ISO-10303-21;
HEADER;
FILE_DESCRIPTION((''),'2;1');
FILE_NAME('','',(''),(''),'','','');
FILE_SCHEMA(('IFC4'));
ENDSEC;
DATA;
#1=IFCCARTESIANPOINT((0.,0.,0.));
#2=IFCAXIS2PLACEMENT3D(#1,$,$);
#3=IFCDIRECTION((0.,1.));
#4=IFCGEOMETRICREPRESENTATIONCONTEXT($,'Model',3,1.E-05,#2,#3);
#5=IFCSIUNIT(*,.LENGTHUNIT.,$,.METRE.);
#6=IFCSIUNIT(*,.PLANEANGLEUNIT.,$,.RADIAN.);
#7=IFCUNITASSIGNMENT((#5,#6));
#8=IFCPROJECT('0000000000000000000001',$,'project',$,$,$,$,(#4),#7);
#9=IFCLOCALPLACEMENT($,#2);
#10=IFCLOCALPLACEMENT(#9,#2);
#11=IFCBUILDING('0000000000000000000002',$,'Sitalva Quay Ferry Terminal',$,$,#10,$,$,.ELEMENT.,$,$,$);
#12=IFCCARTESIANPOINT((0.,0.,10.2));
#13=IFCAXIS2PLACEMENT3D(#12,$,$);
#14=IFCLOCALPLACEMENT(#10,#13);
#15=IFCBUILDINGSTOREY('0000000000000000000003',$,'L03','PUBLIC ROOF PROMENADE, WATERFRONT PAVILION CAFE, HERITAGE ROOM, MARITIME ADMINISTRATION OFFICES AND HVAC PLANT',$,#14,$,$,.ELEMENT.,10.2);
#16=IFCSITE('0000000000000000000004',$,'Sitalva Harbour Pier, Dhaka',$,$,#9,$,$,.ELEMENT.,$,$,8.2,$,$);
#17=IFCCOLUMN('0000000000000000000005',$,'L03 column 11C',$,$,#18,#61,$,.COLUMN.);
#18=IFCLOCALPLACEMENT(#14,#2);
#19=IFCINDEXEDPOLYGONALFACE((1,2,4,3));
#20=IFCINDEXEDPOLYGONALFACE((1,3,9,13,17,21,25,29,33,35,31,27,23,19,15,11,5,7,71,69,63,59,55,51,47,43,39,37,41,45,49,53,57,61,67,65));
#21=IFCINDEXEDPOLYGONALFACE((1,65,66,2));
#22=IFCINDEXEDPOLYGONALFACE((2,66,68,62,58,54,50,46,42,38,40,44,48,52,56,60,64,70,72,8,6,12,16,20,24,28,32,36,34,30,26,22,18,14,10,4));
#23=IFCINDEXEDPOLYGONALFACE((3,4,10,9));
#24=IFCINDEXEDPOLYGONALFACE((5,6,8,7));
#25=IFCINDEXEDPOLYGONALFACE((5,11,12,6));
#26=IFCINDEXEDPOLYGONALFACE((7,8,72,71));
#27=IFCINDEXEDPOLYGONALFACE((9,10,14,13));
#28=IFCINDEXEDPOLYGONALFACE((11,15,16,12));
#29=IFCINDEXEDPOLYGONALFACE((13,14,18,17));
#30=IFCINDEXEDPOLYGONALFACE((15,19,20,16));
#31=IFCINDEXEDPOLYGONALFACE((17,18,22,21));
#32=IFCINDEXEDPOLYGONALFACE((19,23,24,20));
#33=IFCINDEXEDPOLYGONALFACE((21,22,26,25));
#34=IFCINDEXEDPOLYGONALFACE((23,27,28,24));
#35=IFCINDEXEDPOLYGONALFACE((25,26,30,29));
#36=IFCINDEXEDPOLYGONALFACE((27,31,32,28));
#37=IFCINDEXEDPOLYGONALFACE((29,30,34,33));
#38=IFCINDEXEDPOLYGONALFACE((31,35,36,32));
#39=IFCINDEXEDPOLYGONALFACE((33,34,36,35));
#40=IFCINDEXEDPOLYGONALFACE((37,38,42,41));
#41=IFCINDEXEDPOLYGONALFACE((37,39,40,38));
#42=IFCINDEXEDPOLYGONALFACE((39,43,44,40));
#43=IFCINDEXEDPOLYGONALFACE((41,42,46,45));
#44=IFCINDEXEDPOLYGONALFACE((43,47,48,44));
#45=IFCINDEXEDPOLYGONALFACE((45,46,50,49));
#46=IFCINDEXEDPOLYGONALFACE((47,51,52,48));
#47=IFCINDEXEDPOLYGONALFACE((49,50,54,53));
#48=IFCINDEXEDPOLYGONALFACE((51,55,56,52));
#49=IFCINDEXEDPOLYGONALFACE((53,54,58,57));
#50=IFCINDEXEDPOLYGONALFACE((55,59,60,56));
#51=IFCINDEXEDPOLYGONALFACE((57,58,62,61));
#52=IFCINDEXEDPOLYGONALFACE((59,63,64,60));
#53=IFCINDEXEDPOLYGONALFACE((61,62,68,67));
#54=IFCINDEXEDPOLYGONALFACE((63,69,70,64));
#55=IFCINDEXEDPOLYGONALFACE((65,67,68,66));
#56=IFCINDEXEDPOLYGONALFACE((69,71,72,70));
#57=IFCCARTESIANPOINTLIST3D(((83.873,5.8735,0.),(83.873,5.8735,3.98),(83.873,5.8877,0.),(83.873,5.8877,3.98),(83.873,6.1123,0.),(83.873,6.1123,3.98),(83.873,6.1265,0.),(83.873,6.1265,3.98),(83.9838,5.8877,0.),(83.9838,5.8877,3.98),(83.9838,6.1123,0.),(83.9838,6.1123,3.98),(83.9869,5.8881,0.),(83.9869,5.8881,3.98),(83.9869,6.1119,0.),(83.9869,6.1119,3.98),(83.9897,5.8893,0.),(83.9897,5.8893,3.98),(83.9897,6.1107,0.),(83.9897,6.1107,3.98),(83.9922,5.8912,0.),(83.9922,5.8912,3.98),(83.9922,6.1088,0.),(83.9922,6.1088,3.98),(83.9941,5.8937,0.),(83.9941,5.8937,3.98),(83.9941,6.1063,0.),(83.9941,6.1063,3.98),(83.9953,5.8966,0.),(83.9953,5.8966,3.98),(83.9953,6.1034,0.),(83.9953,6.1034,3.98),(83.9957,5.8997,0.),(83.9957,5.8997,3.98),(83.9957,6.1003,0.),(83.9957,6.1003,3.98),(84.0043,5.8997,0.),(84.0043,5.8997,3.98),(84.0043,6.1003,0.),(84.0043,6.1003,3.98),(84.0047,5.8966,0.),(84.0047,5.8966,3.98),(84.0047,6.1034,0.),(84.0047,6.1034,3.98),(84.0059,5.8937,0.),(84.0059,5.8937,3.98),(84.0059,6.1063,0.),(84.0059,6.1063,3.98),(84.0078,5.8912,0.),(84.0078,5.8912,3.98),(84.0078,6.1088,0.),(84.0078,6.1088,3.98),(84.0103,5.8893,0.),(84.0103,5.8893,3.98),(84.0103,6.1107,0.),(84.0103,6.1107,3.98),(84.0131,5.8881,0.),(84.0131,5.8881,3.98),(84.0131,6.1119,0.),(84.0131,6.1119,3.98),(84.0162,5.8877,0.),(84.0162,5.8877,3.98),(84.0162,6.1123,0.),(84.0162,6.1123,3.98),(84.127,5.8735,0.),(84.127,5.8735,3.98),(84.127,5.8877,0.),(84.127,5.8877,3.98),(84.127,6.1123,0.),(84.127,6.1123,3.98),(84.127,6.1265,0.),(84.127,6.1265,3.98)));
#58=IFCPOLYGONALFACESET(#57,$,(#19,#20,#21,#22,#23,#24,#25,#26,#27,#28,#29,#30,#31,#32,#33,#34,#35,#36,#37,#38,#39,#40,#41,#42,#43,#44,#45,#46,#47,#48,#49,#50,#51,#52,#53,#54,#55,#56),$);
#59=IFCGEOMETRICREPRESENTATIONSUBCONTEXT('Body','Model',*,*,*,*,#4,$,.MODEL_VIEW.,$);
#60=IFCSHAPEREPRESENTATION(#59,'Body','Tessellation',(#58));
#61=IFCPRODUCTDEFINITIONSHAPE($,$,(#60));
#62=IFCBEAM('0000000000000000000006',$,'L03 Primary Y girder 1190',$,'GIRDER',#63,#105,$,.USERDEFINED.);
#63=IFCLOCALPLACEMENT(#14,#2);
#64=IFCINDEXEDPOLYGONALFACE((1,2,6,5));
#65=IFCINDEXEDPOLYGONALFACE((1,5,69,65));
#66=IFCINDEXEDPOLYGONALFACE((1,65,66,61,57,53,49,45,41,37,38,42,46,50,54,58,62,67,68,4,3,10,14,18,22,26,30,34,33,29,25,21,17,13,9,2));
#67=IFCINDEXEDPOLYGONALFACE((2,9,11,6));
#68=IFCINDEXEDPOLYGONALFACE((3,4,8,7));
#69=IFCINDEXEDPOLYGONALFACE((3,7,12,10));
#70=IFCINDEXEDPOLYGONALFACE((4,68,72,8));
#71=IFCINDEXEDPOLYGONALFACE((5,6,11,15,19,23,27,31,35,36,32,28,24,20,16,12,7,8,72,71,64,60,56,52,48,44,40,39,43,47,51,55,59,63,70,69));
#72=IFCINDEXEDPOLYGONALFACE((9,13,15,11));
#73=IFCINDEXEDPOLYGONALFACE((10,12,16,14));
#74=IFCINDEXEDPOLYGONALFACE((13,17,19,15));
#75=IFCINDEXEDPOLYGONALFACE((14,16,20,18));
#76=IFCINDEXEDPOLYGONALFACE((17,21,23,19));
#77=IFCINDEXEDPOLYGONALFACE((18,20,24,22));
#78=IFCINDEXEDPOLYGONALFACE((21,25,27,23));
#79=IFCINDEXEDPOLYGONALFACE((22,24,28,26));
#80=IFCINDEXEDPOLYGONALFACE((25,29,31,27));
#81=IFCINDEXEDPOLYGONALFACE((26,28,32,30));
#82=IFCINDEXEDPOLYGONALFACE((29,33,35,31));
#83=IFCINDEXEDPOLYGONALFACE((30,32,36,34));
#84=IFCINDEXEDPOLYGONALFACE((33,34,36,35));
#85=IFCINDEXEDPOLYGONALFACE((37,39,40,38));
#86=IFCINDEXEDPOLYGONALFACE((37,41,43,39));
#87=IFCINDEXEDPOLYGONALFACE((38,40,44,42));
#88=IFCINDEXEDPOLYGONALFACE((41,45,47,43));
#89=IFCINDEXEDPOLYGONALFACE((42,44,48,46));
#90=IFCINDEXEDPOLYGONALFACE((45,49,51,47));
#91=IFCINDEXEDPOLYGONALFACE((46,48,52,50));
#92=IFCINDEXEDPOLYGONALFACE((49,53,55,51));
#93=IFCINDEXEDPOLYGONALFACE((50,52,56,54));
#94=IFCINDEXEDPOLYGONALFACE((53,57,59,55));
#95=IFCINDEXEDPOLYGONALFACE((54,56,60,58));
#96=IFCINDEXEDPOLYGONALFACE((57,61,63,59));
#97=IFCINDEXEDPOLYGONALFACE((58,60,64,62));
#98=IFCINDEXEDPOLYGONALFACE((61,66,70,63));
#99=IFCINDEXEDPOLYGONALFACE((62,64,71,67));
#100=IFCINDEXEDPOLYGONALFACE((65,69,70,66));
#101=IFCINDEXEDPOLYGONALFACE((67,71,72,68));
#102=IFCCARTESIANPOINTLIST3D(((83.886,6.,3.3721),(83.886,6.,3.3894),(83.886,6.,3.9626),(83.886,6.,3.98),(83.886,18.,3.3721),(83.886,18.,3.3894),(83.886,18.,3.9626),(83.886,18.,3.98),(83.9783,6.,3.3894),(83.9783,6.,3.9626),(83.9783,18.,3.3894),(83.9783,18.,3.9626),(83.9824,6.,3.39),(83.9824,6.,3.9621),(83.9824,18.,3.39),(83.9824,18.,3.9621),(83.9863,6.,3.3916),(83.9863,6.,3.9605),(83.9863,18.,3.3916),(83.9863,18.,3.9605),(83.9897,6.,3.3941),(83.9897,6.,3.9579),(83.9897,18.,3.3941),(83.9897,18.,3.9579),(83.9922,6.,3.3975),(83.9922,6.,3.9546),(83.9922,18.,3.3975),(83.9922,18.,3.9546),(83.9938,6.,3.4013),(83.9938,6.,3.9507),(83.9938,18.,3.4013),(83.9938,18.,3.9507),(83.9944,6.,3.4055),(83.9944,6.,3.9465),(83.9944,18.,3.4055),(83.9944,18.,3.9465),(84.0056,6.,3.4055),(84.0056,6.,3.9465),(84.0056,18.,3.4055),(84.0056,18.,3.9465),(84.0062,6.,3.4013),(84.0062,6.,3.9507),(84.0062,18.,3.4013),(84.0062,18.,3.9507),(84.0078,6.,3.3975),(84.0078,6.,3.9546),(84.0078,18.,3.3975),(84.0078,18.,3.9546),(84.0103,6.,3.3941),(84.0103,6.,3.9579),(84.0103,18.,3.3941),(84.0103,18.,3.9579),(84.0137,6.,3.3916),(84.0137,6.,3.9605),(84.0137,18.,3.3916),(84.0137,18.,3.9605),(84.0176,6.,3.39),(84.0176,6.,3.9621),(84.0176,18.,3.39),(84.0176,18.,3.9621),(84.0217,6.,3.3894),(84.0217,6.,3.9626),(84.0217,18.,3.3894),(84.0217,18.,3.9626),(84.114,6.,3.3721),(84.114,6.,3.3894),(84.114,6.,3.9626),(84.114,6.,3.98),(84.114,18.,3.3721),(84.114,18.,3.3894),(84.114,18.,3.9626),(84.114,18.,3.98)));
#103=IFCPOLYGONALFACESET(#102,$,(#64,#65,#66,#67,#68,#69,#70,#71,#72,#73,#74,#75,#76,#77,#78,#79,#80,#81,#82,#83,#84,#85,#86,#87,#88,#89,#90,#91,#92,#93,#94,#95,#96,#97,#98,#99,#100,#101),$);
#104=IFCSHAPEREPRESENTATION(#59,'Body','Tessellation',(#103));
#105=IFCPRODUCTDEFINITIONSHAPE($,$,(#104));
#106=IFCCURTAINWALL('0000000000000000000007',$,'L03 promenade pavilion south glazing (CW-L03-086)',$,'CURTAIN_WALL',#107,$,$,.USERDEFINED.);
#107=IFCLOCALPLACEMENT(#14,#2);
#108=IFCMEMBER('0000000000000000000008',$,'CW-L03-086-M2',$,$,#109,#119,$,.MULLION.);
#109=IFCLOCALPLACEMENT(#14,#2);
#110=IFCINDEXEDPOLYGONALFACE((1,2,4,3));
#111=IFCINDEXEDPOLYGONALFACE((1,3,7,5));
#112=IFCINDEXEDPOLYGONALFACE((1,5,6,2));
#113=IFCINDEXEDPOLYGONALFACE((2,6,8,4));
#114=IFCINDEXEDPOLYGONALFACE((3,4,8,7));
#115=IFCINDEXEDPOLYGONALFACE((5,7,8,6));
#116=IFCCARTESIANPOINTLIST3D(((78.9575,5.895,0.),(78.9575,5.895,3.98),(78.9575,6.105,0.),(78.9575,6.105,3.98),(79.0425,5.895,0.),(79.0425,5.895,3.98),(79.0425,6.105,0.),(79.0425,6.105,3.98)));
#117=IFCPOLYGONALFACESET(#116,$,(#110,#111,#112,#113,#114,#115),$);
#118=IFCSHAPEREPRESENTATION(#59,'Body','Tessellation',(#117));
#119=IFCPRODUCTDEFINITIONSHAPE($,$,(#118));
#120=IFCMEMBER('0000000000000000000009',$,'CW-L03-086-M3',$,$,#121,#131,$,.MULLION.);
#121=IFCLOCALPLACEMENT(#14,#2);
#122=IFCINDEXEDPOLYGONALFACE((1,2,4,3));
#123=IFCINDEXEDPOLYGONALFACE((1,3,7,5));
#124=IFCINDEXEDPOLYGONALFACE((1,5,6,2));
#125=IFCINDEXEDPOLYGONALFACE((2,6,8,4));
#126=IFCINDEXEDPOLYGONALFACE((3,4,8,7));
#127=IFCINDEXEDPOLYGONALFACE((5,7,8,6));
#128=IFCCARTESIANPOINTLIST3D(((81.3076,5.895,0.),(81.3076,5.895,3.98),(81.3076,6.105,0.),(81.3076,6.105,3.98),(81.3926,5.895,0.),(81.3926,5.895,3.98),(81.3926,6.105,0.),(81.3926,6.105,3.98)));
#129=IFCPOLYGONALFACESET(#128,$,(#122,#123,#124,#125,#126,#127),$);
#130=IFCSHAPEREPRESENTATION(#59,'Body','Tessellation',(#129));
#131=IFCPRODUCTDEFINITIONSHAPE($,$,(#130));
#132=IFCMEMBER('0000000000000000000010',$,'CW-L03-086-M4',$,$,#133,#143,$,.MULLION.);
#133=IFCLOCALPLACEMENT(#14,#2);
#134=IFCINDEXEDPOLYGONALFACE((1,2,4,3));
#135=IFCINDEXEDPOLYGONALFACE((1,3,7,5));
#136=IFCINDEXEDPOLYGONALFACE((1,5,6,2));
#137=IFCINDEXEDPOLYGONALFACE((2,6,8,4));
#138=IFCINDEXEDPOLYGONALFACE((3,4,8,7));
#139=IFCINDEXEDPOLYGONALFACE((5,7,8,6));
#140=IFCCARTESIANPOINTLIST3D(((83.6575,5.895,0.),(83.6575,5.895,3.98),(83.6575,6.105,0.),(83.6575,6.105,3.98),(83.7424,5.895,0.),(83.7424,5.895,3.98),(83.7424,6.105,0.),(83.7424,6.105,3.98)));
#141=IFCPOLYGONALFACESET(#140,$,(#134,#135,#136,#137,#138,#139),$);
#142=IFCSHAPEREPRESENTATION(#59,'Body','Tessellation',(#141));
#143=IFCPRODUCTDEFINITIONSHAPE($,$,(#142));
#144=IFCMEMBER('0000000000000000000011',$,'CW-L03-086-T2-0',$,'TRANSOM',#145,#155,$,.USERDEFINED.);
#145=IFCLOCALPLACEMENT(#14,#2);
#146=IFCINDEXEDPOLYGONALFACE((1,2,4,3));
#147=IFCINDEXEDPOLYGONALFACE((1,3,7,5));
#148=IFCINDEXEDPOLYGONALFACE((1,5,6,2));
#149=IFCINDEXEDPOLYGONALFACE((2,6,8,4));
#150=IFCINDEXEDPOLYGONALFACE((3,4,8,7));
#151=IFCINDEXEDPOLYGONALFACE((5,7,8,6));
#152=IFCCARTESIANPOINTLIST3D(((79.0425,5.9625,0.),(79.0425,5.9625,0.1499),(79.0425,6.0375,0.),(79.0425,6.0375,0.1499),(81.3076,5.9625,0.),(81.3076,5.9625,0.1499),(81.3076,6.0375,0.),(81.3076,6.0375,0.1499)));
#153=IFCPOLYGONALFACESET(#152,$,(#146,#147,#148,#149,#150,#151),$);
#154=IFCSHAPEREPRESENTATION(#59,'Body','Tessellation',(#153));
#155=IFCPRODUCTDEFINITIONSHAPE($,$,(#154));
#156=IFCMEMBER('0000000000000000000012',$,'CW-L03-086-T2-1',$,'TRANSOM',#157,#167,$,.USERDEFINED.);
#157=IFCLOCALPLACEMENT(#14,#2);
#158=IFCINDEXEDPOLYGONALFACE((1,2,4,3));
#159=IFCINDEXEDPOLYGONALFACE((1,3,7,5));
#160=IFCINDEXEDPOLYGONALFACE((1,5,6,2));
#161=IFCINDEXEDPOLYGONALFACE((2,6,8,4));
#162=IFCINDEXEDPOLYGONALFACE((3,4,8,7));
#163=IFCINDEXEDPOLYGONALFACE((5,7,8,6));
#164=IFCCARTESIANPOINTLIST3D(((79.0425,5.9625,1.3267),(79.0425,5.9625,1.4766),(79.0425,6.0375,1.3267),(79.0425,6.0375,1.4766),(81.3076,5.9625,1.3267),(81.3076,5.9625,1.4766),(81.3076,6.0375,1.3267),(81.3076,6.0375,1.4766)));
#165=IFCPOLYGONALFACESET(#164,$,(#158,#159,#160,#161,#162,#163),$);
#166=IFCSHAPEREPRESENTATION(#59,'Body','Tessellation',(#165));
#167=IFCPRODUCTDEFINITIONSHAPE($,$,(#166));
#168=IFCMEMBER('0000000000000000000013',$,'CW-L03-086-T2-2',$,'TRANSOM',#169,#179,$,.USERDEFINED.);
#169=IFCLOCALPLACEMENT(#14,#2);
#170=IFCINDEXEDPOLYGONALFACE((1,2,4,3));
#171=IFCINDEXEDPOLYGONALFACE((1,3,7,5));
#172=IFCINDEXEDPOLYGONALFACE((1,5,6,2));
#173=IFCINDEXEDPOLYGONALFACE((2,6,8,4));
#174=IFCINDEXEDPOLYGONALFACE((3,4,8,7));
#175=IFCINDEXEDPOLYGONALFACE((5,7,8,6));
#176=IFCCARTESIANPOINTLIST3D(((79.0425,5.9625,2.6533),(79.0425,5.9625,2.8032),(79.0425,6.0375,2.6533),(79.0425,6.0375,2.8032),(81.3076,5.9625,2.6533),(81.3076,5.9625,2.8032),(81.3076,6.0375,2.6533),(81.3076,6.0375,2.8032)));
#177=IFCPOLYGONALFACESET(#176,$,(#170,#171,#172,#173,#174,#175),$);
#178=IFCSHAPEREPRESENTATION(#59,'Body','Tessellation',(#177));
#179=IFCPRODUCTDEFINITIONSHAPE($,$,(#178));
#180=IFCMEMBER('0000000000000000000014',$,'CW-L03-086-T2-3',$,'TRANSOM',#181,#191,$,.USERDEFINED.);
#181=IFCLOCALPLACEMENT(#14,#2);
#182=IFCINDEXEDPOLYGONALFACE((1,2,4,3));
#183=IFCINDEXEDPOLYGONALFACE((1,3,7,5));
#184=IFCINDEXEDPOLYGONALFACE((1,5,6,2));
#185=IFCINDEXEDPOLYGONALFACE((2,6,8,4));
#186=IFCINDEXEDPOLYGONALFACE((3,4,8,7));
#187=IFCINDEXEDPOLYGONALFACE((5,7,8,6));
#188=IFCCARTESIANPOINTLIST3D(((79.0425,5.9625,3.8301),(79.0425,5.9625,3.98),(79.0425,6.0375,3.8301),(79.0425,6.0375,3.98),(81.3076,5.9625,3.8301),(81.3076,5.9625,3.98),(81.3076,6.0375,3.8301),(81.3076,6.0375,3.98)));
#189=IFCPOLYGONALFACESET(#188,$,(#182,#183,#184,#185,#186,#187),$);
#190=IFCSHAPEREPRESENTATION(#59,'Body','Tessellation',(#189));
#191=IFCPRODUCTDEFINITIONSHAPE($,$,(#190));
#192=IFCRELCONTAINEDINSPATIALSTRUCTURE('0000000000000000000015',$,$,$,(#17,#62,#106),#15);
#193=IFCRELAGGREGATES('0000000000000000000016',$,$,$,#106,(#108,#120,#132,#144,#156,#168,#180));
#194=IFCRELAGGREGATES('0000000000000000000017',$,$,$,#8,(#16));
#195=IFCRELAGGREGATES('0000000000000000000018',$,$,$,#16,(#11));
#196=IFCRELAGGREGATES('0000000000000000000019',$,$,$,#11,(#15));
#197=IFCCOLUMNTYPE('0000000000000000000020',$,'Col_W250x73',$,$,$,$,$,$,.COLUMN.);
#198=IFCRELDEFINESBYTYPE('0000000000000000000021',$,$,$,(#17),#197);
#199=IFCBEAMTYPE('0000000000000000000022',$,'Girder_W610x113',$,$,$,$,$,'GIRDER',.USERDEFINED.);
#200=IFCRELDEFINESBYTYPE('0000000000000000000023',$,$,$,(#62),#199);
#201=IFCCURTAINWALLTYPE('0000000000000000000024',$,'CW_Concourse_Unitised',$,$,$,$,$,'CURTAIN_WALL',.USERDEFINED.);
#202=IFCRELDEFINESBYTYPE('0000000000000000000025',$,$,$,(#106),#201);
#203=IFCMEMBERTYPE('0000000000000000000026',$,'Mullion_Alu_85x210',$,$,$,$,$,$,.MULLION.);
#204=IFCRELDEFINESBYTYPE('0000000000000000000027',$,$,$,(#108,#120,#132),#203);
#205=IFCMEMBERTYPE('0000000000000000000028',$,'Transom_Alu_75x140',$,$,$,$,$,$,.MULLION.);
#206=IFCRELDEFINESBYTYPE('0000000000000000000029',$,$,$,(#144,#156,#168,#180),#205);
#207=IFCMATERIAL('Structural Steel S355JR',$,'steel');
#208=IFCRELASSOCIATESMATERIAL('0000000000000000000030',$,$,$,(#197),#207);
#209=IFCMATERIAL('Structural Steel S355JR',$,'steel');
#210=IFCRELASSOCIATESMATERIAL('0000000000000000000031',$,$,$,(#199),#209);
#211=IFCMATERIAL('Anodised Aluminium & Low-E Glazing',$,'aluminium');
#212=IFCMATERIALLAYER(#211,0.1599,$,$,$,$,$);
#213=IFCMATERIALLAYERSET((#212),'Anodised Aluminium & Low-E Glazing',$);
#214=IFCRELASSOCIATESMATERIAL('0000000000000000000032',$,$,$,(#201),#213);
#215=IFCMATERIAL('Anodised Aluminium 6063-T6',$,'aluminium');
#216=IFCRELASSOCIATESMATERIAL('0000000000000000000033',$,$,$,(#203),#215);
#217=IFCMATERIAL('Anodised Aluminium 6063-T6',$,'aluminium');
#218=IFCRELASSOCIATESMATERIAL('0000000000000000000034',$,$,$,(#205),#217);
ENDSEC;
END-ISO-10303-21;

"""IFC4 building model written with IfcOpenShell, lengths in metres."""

from ifc_helpers import new_model, si_unit, direction, frame, origin, origin_2d, place, context, subcontext, project, spatial, rectangle, i_section, extrude, material, layer, layer_set, material_profile, profile_set, type_object, element, aggregate, save


model = new_model("IFC4")

# Units and contexts
model_context = context("Model", 3, precision=1e-05, world=origin(), true_north=direction((0.0, 1.0)))
body_context = subcontext(model_context, "Body", "Model", "MODEL_VIEW")
ifc_project = project(units=[si_unit("LENGTHUNIT", "METRE"), si_unit("PLANEANGLEUNIT", "RADIAN")], contexts=[model_context])

# Site, building, storey
site_placement = place(None, origin())
site = spatial("IfcSite", under=ifc_project, at=site_placement, Name="Sitalva Harbour Pier, Dhaka", CompositionType="ELEMENT", RefElevation=8.2)
building_placement = place(site_placement, origin())
building = spatial("IfcBuilding", under=site, at=building_placement, Name="Sitalva Quay Ferry Terminal", CompositionType="ELEMENT")
storey_placement = place(building_placement, frame((0.0, 0.0, 10.2)))
storey = spatial("IfcBuildingStorey", under=building, at=storey_placement, Name="L03", Description="PUBLIC ROOF PROMENADE, WATERFRONT PAVILION CAFE, HERITAGE ROOM, MARITIME ADMINISTRATION OFFICES AND HVAC PLANT", CompositionType="ELEMENT", Elevation=10.2)

# Column
ifc_material_1 = material(Name="Structural Steel S355JR", Category="steel")
ifc_material_profile_1 = material_profile(ifc_material_1, i_section(OverallWidth=0.2539, OverallDepth=0.2529, WebThickness=0.0085, FlangeThickness=0.0142, FilletRadius=0.012, at=origin_2d()), Name="W250x73")
ifc_profile_set_1 = profile_set([ifc_material_profile_1], Name="Structural Steel S355JR")
column_type = type_object("IfcColumnType", Name="Col_W250x73", PredefinedType="COLUMN", material=ifc_profile_set_1)
column_placement = place(storey_placement, frame((84.0, 6.0, 0.0), z_axis=(0.0, 0.0, 1.0), x_axis=(1.0, 0.0, 0.0)))
element("IfcColumn", 1, at=column_placement, inside=storey, type_object=column_type, Name="L03 column 11C", PredefinedType="COLUMN", context=body_context, shape_type="SweptSolid", body=[
    extrude(i_section(OverallWidth=0.2539, OverallDepth=0.2529, WebThickness=0.0085, FlangeThickness=0.0142, FilletRadius=0.012, at=origin_2d()), origin(), (0.0, 0.0, 1.0), 3.98),
])

# Beam
ifc_material_2 = material(Name="Structural Steel S355JR", Category="steel")
ifc_material_profile_2 = material_profile(ifc_material_2, i_section(OverallWidth=0.228, OverallDepth=0.6079, WebThickness=0.0112, FlangeThickness=0.0173, FilletRadius=0.0161, at=origin_2d()), Name="W610x113")
ifc_profile_set_2 = profile_set([ifc_material_profile_2], Name="Structural Steel S355JR")
beam_type = type_object("IfcBeamType", Name="Girder_W610x113", ElementType="GIRDER", PredefinedType="USERDEFINED", material=ifc_profile_set_2)
beam_placement = place(storey_placement, frame((84.0, 6.0, 3.676), z_axis=(0.0, 1.0, 0.0), x_axis=(-1.0, 0.0, 0.0)))
element("IfcBeam", 2, at=beam_placement, inside=storey, type_object=beam_type, Name="L03 Primary Y girder 1190", ObjectType="GIRDER", PredefinedType="USERDEFINED", context=body_context, shape_type="SweptSolid", body=[
    extrude(i_section(OverallWidth=0.228, OverallDepth=0.6079, WebThickness=0.0112, FlangeThickness=0.0173, FilletRadius=0.0161, at=origin_2d()), origin(), (0.0, 0.0, 1.0), 12.0),
])

# Curtain wall, members
ifc_material_3 = material(Name="Anodised Aluminium & Low-E Glazing", Category="aluminium")
ifc_layer_1 = layer(ifc_material_3, 0.1599)
ifc_layer_set_1 = layer_set([ifc_layer_1], Name="Anodised Aluminium & Low-E Glazing")
curtain_wall_type = type_object("IfcCurtainWallType", Name="CW_Concourse_Unitised", ElementType="CURTAIN_WALL", PredefinedType="USERDEFINED", material=ifc_layer_set_1)
curtain_wall_placement = place(storey_placement, origin())
curtain_wall = element("IfcCurtainWall", 3, at=curtain_wall_placement, inside=storey, type_object=curtain_wall_type, Name="L03 promenade pavilion south glazing (CW-L03-086)", ObjectType="CURTAIN_WALL", PredefinedType="USERDEFINED")
ifc_material_4 = material(Name="Anodised Aluminium 6063-T6", Category="aluminium")
ifc_material_profile_3 = material_profile(ifc_material_4, rectangle(XDim=0.085, YDim=0.21, at=origin_2d()), Name="ALU85x210")
ifc_profile_set_3 = profile_set([ifc_material_profile_3], Name="Anodised Aluminium 6063-T6")
member_type_1 = type_object("IfcMemberType", Name="Mullion_Alu_85x210", PredefinedType="MULLION", material=ifc_profile_set_3)
member_1_placement = place(storey_placement, frame((79.0, 6.0, 0.0), z_axis=(0.0, 0.0, 1.0), x_axis=(1.0, 0.0, 0.0)))
member_1 = element("IfcMember", 4, at=member_1_placement, type_object=member_type_1, Name="CW-L03-086-M2", PredefinedType="MULLION", context=body_context, shape_type="SweptSolid", body=[
    extrude(rectangle(XDim=0.085, YDim=0.21, at=origin_2d()), origin(), (0.0, 0.0, 1.0), 3.98),
])
member_2_placement = place(storey_placement, frame((81.3501, 6.0, 0.0), z_axis=(0.0, 0.0, 1.0), x_axis=(1.0, 0.0, 0.0)))
member_2 = element("IfcMember", 5, at=member_2_placement, type_object=member_type_1, Name="CW-L03-086-M3", PredefinedType="MULLION", context=body_context, shape_type="SweptSolid", body=[
    extrude(rectangle(XDim=0.085, YDim=0.21, at=origin_2d()), origin(), (0.0, 0.0, 1.0), 3.98),
])
member_3_placement = place(storey_placement, frame((83.7, 6.0, 0.0), z_axis=(0.0, 0.0, 1.0), x_axis=(1.0, 0.0, 0.0)))
member_3 = element("IfcMember", 6, at=member_3_placement, type_object=member_type_1, Name="CW-L03-086-M4", PredefinedType="MULLION", context=body_context, shape_type="SweptSolid", body=[
    extrude(rectangle(XDim=0.085, YDim=0.21, at=origin_2d()), origin(), (0.0, 0.0, 1.0), 3.98),
])
ifc_material_5 = material(Name="Anodised Aluminium 6063-T6", Category="aluminium")
ifc_material_profile_4 = material_profile(ifc_material_5, rectangle(XDim=0.075, YDim=0.1499, at=origin_2d()), Name="ALU75x150")
ifc_profile_set_4 = profile_set([ifc_material_profile_4], Name="Anodised Aluminium 6063-T6")
member_type_2 = type_object("IfcMemberType", Name="Transom_Alu_75x140", PredefinedType="MULLION", material=ifc_profile_set_4)
member_4_placement = place(storey_placement, frame((79.0425, 6.0, 0.075), z_axis=(1.0, 0.0, 0.0), x_axis=(0.0, 1.0, 0.0)))
member_4 = element("IfcMember", 7, at=member_4_placement, type_object=member_type_2, Name="CW-L03-086-T2-0", ObjectType="TRANSOM", PredefinedType="USERDEFINED", context=body_context, shape_type="SweptSolid", body=[
    extrude(rectangle(XDim=0.075, YDim=0.1499, at=origin_2d()), origin(), (0.0, 0.0, 1.0), 2.2651),
])
member_5_placement = place(storey_placement, frame((79.0425, 6.0, 1.4016), z_axis=(1.0, 0.0, 0.0), x_axis=(0.0, 1.0, 0.0)))
member_5 = element("IfcMember", 8, at=member_5_placement, type_object=member_type_2, Name="CW-L03-086-T2-1", ObjectType="TRANSOM", PredefinedType="USERDEFINED", context=body_context, shape_type="SweptSolid", body=[
    extrude(rectangle(XDim=0.075, YDim=0.1499, at=origin_2d()), origin(), (0.0, 0.0, 1.0), 2.2651),
])
member_6_placement = place(storey_placement, frame((79.0425, 6.0, 2.7283), z_axis=(1.0, 0.0, 0.0), x_axis=(0.0, 1.0, 0.0)))
member_6 = element("IfcMember", 9, at=member_6_placement, type_object=member_type_2, Name="CW-L03-086-T2-2", ObjectType="TRANSOM", PredefinedType="USERDEFINED", context=body_context, shape_type="SweptSolid", body=[
    extrude(rectangle(XDim=0.075, YDim=0.1499, at=origin_2d()), origin(), (0.0, 0.0, 1.0), 2.2651),
])
member_7_placement = place(storey_placement, frame((79.0425, 6.0, 3.905), z_axis=(1.0, 0.0, 0.0), x_axis=(0.0, 1.0, 0.0)))
member_7 = element("IfcMember", 10, at=member_7_placement, type_object=member_type_2, Name="CW-L03-086-T2-3", ObjectType="TRANSOM", PredefinedType="USERDEFINED", context=body_context, shape_type="SweptSolid", body=[
    extrude(rectangle(XDim=0.075, YDim=0.1499, at=origin_2d()), origin(), (0.0, 0.0, 1.0), 2.2651),
])
aggregate(curtain_wall, [member_1, member_2, member_3, member_4, member_5, member_6, member_7])

save(model, "model.ifc")
